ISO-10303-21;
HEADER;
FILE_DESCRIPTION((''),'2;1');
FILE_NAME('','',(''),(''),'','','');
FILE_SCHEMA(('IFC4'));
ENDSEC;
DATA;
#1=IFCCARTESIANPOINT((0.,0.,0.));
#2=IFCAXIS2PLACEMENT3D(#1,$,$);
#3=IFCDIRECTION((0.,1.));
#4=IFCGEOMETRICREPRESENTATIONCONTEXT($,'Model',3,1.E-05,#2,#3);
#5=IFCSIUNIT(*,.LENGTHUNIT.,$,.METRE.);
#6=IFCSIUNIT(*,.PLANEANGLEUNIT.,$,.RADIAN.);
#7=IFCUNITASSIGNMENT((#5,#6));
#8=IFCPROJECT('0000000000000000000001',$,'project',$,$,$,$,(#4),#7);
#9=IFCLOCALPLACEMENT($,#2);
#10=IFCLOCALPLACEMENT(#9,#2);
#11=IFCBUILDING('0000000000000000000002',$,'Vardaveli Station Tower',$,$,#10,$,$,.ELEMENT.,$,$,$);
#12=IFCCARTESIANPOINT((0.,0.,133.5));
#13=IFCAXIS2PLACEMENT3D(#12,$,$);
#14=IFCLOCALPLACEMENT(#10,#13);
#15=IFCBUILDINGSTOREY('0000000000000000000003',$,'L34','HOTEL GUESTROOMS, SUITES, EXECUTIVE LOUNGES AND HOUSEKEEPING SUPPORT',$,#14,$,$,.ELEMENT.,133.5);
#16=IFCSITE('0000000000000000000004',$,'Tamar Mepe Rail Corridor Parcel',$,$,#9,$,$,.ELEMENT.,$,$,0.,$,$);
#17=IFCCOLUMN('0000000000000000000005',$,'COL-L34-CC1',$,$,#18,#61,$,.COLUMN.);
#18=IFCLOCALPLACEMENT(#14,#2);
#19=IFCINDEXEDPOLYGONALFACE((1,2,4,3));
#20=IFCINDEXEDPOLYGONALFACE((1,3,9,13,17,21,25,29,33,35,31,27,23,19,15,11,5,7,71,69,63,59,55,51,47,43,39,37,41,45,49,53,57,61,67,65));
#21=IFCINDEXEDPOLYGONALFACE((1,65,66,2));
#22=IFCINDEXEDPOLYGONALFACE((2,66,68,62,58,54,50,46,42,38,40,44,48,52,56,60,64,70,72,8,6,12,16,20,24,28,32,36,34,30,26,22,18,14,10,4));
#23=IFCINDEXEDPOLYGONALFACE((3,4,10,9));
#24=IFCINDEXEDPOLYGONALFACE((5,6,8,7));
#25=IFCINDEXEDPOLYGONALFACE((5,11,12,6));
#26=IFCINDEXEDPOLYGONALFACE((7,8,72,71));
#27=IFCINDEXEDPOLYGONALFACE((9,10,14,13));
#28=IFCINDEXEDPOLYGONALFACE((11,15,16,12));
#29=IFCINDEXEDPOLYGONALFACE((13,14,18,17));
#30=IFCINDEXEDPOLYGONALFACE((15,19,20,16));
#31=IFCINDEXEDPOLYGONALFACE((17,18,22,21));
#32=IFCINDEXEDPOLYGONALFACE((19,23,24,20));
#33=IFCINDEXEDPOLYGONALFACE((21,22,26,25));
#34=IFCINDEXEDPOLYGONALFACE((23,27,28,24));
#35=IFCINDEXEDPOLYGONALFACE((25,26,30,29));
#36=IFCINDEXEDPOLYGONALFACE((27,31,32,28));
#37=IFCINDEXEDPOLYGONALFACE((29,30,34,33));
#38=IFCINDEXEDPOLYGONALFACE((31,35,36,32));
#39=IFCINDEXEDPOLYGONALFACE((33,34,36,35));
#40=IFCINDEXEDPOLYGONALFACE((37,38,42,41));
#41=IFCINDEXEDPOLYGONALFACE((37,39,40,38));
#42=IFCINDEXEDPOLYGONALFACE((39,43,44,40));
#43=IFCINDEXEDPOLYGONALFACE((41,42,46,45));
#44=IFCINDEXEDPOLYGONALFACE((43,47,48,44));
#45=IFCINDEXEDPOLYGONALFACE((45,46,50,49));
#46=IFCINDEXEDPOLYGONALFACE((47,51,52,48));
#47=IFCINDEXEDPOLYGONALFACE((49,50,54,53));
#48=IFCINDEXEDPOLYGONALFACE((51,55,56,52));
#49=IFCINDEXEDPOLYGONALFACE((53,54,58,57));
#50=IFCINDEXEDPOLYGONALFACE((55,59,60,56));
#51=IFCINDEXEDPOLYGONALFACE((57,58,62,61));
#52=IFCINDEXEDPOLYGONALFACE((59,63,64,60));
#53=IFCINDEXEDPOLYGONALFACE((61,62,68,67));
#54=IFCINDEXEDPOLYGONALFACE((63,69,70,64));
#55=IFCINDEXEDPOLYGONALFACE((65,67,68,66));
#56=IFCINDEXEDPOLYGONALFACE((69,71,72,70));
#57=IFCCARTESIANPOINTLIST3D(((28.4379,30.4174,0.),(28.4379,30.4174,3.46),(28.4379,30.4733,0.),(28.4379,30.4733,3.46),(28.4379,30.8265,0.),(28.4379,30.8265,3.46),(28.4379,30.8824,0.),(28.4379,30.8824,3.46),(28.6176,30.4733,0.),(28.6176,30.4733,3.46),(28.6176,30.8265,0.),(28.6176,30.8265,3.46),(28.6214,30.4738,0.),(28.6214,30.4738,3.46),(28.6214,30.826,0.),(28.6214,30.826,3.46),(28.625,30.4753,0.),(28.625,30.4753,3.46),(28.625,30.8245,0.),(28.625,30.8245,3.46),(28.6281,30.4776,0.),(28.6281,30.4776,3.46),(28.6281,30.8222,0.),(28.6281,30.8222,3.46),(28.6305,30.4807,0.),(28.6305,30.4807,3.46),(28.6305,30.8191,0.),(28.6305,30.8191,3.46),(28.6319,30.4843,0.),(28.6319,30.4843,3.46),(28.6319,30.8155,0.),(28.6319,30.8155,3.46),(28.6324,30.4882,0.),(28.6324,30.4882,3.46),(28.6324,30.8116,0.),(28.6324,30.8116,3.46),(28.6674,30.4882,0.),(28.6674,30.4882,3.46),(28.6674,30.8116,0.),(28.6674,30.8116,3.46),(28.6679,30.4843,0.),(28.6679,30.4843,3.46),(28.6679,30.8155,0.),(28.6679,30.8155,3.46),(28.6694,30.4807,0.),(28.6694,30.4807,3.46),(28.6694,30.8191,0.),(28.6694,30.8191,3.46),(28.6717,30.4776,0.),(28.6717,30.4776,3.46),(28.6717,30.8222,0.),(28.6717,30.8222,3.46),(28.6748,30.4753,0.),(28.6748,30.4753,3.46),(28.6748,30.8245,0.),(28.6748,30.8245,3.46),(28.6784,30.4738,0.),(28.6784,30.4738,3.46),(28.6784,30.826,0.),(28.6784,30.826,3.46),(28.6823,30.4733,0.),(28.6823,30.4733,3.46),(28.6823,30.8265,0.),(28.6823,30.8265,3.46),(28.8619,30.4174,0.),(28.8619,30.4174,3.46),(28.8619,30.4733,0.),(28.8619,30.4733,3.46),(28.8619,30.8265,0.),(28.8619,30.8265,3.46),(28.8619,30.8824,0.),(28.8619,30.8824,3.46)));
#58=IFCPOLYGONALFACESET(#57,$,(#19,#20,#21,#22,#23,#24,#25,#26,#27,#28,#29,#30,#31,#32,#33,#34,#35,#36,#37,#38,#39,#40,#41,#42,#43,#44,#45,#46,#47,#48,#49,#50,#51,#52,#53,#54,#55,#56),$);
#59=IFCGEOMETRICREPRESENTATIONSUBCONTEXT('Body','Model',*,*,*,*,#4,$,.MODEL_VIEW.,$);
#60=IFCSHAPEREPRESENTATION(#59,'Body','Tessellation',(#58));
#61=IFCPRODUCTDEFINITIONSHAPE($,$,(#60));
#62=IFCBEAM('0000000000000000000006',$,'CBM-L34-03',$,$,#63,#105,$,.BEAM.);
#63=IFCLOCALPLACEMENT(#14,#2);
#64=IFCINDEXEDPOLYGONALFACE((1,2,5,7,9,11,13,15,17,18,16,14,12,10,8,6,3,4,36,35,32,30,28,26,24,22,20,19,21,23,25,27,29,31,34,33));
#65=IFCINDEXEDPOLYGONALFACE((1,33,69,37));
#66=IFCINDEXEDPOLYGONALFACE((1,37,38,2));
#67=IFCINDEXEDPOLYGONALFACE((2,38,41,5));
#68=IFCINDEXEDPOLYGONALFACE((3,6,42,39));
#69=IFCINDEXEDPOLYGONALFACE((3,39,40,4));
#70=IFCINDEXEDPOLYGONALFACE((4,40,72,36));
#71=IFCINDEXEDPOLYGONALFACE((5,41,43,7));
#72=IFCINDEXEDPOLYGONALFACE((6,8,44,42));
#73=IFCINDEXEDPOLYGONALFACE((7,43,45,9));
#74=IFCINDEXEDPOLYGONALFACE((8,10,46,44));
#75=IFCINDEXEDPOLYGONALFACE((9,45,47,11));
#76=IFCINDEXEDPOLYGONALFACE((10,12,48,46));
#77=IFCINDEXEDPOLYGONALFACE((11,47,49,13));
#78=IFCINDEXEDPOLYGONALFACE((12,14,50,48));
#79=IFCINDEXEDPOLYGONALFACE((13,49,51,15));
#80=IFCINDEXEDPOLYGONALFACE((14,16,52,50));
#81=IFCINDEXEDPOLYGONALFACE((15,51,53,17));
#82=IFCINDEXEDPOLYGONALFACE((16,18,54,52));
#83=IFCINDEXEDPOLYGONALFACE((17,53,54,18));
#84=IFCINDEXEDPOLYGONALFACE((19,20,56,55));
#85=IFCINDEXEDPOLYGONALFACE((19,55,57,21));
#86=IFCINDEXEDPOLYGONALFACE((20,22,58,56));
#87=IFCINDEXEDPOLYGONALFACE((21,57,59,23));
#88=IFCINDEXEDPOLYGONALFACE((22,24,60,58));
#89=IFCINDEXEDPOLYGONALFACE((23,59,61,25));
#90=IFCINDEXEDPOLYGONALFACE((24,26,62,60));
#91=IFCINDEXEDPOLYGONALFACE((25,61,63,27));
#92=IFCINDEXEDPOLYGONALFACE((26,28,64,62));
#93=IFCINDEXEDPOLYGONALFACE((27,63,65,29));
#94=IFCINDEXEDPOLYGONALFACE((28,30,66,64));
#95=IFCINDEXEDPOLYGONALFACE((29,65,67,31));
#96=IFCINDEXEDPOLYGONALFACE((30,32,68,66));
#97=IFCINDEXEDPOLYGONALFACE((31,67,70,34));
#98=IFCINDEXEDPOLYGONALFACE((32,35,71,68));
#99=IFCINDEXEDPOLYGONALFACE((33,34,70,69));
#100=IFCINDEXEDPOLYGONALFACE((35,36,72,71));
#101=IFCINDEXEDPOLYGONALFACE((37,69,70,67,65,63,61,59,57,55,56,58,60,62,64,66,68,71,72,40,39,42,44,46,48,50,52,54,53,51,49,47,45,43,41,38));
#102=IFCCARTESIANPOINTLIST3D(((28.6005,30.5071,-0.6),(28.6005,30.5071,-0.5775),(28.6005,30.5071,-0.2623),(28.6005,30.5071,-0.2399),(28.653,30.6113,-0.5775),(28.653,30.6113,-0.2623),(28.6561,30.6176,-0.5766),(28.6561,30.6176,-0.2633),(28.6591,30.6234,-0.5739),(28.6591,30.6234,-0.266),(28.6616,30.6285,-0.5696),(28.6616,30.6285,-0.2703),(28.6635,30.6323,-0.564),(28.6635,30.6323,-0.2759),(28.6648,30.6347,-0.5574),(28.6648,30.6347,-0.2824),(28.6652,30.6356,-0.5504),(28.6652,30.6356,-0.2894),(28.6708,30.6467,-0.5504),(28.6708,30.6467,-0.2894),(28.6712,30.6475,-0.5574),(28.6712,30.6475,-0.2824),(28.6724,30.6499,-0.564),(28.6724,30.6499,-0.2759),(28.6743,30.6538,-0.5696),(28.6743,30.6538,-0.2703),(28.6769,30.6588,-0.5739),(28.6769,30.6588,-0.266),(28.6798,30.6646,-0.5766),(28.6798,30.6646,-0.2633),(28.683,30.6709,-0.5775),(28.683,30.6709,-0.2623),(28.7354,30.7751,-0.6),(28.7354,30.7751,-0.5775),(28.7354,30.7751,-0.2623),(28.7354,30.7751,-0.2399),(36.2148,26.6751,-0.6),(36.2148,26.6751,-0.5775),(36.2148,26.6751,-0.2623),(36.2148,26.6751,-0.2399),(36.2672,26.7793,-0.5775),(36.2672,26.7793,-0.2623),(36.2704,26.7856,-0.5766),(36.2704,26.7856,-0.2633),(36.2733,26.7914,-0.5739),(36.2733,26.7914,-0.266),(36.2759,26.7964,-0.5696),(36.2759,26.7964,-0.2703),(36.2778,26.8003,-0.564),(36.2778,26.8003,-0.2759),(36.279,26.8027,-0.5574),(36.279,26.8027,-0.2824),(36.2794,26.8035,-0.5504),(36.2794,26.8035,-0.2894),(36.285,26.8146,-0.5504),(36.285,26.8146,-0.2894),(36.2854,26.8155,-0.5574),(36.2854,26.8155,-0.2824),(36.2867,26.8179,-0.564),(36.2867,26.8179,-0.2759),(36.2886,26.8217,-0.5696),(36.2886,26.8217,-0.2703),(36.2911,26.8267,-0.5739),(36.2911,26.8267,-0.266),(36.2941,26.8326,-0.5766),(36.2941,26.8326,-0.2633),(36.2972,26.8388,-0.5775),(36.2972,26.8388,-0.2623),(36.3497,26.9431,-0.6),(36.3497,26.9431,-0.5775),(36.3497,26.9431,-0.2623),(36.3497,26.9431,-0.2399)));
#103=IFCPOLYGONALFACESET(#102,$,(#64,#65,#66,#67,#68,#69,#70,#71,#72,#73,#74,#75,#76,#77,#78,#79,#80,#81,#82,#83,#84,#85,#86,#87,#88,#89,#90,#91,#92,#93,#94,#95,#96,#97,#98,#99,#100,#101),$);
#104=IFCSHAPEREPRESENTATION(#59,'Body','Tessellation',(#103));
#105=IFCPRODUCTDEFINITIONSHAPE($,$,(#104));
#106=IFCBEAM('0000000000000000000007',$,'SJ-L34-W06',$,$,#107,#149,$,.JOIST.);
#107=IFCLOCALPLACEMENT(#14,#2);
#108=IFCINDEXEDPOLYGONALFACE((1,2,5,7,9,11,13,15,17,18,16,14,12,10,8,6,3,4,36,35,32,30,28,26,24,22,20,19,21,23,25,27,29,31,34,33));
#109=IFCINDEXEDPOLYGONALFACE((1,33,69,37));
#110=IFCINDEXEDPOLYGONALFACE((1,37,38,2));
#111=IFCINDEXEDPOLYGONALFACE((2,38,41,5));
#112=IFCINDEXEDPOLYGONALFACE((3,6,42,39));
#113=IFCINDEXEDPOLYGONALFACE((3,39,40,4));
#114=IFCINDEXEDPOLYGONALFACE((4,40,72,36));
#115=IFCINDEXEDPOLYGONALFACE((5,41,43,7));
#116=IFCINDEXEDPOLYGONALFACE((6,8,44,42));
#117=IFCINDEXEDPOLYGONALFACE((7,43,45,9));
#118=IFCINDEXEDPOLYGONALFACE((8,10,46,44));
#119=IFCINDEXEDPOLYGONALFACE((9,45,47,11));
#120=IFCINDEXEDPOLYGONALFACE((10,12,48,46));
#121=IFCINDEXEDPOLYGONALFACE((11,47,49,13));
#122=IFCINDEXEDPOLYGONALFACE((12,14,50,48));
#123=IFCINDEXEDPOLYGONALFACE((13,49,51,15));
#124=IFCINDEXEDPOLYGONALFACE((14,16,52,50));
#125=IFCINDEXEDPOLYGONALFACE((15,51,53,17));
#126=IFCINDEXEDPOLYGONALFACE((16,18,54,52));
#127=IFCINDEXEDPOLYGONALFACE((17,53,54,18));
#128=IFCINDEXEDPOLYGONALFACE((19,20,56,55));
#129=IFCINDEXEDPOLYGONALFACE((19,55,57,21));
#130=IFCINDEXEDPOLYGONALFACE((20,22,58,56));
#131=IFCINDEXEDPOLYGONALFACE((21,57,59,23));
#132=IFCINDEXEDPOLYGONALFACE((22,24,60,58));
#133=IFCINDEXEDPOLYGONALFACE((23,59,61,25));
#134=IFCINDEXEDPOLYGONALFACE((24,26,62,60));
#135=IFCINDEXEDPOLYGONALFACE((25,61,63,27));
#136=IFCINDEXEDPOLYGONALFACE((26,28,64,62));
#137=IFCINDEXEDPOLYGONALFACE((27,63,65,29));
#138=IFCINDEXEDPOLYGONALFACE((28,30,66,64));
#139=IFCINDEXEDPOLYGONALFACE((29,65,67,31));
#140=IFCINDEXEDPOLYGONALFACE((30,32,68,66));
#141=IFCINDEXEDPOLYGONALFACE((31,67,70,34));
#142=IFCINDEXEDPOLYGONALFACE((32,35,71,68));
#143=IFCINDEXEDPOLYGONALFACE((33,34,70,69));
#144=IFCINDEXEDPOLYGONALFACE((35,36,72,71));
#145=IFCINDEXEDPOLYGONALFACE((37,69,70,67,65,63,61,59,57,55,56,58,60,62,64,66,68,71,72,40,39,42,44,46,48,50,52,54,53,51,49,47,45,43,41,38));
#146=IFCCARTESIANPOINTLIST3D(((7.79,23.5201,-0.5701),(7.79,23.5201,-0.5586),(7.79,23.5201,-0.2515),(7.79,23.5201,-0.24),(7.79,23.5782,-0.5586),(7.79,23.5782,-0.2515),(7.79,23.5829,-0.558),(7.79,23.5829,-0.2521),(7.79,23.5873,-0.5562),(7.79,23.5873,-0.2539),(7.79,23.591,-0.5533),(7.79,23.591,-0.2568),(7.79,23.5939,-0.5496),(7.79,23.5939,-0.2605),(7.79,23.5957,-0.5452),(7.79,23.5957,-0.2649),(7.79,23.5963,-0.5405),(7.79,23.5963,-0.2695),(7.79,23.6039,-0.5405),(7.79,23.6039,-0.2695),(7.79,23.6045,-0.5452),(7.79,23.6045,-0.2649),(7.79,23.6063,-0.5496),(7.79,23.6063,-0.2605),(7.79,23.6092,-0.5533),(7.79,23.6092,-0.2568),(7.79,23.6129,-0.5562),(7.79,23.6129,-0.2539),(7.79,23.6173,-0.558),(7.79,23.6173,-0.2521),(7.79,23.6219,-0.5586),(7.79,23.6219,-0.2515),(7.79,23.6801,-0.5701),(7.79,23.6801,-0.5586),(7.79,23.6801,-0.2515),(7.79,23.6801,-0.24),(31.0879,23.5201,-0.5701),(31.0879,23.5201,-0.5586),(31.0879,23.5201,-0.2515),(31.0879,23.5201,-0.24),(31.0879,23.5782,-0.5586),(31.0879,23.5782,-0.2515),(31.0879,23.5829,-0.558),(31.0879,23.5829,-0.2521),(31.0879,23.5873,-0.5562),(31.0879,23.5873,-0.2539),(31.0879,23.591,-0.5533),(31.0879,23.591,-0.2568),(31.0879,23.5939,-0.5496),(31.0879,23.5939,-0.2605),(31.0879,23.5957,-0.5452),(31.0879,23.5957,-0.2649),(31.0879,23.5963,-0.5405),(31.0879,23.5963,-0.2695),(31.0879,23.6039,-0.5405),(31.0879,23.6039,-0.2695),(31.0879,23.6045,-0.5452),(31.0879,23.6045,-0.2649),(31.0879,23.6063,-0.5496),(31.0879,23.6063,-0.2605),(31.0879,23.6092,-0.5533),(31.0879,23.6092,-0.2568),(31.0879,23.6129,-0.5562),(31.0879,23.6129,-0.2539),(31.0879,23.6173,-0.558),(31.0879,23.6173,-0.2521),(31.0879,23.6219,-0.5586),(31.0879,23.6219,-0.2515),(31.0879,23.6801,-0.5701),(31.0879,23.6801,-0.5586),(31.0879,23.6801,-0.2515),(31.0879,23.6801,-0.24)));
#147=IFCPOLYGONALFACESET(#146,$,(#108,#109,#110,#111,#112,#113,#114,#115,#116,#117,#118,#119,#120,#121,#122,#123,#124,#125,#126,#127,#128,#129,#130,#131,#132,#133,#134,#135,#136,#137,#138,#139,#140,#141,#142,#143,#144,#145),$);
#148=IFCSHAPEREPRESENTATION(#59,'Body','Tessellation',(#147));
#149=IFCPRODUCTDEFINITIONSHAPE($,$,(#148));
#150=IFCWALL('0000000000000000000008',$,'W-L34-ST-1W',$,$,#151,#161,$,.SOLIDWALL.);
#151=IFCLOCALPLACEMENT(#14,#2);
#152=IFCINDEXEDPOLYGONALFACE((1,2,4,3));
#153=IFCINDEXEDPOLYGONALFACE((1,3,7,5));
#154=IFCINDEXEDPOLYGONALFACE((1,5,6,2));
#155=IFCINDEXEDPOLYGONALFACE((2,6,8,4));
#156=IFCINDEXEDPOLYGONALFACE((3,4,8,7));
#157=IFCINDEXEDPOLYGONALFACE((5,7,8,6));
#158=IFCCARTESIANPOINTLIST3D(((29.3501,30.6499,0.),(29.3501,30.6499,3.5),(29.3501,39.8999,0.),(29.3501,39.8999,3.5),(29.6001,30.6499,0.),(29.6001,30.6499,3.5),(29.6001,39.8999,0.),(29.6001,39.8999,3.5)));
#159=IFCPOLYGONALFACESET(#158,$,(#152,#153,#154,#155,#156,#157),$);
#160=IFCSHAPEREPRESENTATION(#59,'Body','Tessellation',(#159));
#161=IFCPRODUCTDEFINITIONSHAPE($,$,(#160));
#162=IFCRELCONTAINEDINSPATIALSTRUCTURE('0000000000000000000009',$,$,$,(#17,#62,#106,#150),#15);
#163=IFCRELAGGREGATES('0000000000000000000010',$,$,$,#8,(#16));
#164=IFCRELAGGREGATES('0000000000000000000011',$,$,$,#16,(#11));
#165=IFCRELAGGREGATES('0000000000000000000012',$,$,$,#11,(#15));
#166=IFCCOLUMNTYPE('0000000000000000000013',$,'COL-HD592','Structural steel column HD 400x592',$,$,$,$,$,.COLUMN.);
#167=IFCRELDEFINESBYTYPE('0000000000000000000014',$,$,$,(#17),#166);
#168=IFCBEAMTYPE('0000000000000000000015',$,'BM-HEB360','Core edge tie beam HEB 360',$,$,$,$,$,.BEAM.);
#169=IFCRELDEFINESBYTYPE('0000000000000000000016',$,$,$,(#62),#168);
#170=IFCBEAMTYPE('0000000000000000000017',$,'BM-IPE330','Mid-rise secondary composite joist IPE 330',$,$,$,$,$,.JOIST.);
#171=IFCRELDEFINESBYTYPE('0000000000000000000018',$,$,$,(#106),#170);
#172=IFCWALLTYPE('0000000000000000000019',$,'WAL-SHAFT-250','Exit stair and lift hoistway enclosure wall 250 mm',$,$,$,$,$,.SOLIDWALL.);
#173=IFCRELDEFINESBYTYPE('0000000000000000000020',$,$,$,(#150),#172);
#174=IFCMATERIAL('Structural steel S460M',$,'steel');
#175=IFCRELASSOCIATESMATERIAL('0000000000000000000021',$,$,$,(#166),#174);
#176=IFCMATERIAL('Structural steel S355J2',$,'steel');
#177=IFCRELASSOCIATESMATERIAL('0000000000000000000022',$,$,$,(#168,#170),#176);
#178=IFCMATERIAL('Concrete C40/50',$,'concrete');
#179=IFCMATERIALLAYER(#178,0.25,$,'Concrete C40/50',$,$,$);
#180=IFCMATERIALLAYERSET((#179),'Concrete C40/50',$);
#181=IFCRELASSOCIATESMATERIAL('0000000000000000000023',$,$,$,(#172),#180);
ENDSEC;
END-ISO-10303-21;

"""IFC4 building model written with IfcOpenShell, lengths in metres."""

from ifc_helpers import new_model, si_unit, direction, frame, frame_2d, origin, origin_2d, place, context, subcontext, project, spatial, rectangle, i_section, extrude, source, transform, mapped, material, layer, layer_set, material_profile, profile_set, type_object, element, save


model = new_model("IFC4")

# Units and contexts
model_context = context("Model", 3, precision=1e-05, world=origin(), true_north=direction((0.0, 1.0)))
body_context = subcontext(model_context, "Body", "Model", "MODEL_VIEW")
ifc_project = project(units=[si_unit("LENGTHUNIT", "METRE"), si_unit("PLANEANGLEUNIT", "RADIAN")], contexts=[model_context])

# Site, building, storey
site_placement = place(None, origin())
site = spatial("IfcSite", under=ifc_project, at=site_placement, Name="Tamar Mepe Rail Corridor Parcel", CompositionType="ELEMENT", RefElevation=0.0)
building_placement = place(site_placement, origin())
building = spatial("IfcBuilding", under=site, at=building_placement, Name="Vardaveli Station Tower", CompositionType="ELEMENT")
storey_placement = place(building_placement, frame((0.0, 0.0, 133.5)))
storey = spatial("IfcBuildingStorey", under=building, at=storey_placement, Name="L34", Description="HOTEL GUESTROOMS, SUITES, EXECUTIVE LOUNGES AND HOUSEKEEPING SUPPORT", CompositionType="ELEMENT", Elevation=133.5)

# Column
ifc_material_1 = material(Name="Structural steel S460M", Category="steel")
ifc_material_profile_1 = material_profile(ifc_material_1, i_section(OverallWidth=0.4241, OverallDepth=0.4651, WebThickness=0.0349, FlangeThickness=0.0559, FilletRadius=0.0149, at=origin_2d()), Name="HD 400x592")
ifc_profile_set_1 = profile_set([ifc_material_profile_1], Name="Structural steel S460M")
column_type = type_object("IfcColumnType", Name="COL-HD592", Description="Structural steel column HD 400x592", PredefinedType="COLUMN", material=ifc_profile_set_1)
shared_shape_1 = source(origin(), body_context, "Body", "SweptSolid", [
    extrude(i_section(OverallWidth=0.4241, OverallDepth=0.4651, WebThickness=0.0349, FlangeThickness=0.0559, FilletRadius=0.0149, at=origin_2d()), origin(), (0.0, 0.0, 1.0), 3.46),
])
column_placement = place(storey_placement, frame((28.6499, 30.6499, 0.0), z_axis=(0.0, 0.0, 1.0), x_axis=(1.0, 0.0, 0.0)))
element("IfcColumn", 1, at=column_placement, inside=storey, type_object=column_type, Name="COL-L34-CC1", PredefinedType="COLUMN", context=body_context, shape_type="MappedRepresentation", body=[
    mapped(shared_shape_1, transform((0.0, 0.0, 0.0), scale=1.0)),
])

# Beams
ifc_material_2 = material(Name="Structural steel S355J2", Category="steel")
ifc_material_profile_2 = material_profile(ifc_material_2, i_section(OverallWidth=0.3, OverallDepth=0.3601, WebThickness=0.0125, FlangeThickness=0.0225, FilletRadius=0.0271, at=origin_2d()), Name="HEB 360")
ifc_profile_set_2 = profile_set([ifc_material_profile_2], Name="Structural steel S355J2")
beam_type_1 = type_object("IfcBeamType", Name="BM-HEB360", Description="Core edge tie beam HEB 360", PredefinedType="BEAM", material=ifc_profile_set_2)
shared_shape_2 = source(origin(), body_context, "Body", "SweptSolid", [
    extrude(i_section(OverallWidth=0.3, OverallDepth=0.3601, WebThickness=0.0125, FlangeThickness=0.0225, FilletRadius=0.0271, at=origin_2d()), origin(), (0.0, 0.0, 1.0), 8.5242),
])
beam_1_placement = place(storey_placement, frame((28.668, 30.6411, -0.4199), z_axis=(0.893256, -0.449549, 0.0), x_axis=(0.449549, 0.893256, 0.0)))
element("IfcBeam", 2, at=beam_1_placement, inside=storey, type_object=beam_type_1, Name="CBM-L34-03", PredefinedType="BEAM", context=body_context, shape_type="MappedRepresentation", body=[
    mapped(shared_shape_2, transform((0.0, 0.0, 0.0), scale=1.0)),
])
ifc_material_profile_3 = material_profile(ifc_material_2, i_section(OverallWidth=0.1599, OverallDepth=0.3301, WebThickness=0.0076, FlangeThickness=0.0115, FilletRadius=0.0181, at=origin_2d()), Name="IPE 330")
ifc_profile_set_3 = profile_set([ifc_material_profile_3], Name="Structural steel S355J2")
beam_type_2 = type_object("IfcBeamType", Name="BM-IPE330", Description="Mid-rise secondary composite joist IPE 330", PredefinedType="JOIST", material=ifc_profile_set_3)
shared_shape_3 = source(origin(), body_context, "Body", "SweptSolid", [
    extrude(i_section(OverallWidth=0.1599, OverallDepth=0.3301, WebThickness=0.0076, FlangeThickness=0.0115, FilletRadius=0.0181, at=origin_2d()), origin(), (0.0, 0.0, 1.0), 23.2979),
])
beam_2_placement = place(storey_placement, frame((7.79, 23.6001, -0.405), z_axis=(1.0, 0.0, 0.0), x_axis=(0.0, 1.0, 0.0)))
element("IfcBeam", 3, at=beam_2_placement, inside=storey, type_object=beam_type_2, Name="SJ-L34-W06", PredefinedType="JOIST", context=body_context, shape_type="MappedRepresentation", body=[
    mapped(shared_shape_3, transform((0.0, 0.0, 0.0), scale=1.0)),
])

# Wall
ifc_material_3 = material(Name="Concrete C40/50", Category="concrete")
ifc_layer_1 = layer(ifc_material_3, 0.25, Name="Concrete C40/50")
ifc_layer_set_1 = layer_set([ifc_layer_1], Name="Concrete C40/50")
wall_type_1 = type_object("IfcWallType", Name="WAL-SHAFT-250", Description="Exit stair and lift hoistway enclosure wall 250 mm", PredefinedType="SOLIDWALL", material=ifc_layer_set_1)
shared_shape_4 = source(origin(), body_context, "Body", "SweptSolid", [
    extrude(rectangle(XDim=9.25, YDim=0.25, at=frame_2d((4.625, 0.0))), origin(), (0.0, 0.0, 1.0), 3.5),
])
wall_1_placement = place(storey_placement, frame((29.4751, 30.6499, 0.0), z_axis=(0.0, 0.0, 1.0), x_axis=(0.0, 1.0, 0.0)))
element("IfcWall", 4, at=wall_1_placement, inside=storey, type_object=wall_type_1, Name="W-L34-ST-1W", PredefinedType="SOLIDWALL", context=body_context, shape_type="MappedRepresentation", body=[
    mapped(shared_shape_4, transform((0.0, 0.0, 0.0), scale=1.0)),
])

save(model, "model.ifc")
